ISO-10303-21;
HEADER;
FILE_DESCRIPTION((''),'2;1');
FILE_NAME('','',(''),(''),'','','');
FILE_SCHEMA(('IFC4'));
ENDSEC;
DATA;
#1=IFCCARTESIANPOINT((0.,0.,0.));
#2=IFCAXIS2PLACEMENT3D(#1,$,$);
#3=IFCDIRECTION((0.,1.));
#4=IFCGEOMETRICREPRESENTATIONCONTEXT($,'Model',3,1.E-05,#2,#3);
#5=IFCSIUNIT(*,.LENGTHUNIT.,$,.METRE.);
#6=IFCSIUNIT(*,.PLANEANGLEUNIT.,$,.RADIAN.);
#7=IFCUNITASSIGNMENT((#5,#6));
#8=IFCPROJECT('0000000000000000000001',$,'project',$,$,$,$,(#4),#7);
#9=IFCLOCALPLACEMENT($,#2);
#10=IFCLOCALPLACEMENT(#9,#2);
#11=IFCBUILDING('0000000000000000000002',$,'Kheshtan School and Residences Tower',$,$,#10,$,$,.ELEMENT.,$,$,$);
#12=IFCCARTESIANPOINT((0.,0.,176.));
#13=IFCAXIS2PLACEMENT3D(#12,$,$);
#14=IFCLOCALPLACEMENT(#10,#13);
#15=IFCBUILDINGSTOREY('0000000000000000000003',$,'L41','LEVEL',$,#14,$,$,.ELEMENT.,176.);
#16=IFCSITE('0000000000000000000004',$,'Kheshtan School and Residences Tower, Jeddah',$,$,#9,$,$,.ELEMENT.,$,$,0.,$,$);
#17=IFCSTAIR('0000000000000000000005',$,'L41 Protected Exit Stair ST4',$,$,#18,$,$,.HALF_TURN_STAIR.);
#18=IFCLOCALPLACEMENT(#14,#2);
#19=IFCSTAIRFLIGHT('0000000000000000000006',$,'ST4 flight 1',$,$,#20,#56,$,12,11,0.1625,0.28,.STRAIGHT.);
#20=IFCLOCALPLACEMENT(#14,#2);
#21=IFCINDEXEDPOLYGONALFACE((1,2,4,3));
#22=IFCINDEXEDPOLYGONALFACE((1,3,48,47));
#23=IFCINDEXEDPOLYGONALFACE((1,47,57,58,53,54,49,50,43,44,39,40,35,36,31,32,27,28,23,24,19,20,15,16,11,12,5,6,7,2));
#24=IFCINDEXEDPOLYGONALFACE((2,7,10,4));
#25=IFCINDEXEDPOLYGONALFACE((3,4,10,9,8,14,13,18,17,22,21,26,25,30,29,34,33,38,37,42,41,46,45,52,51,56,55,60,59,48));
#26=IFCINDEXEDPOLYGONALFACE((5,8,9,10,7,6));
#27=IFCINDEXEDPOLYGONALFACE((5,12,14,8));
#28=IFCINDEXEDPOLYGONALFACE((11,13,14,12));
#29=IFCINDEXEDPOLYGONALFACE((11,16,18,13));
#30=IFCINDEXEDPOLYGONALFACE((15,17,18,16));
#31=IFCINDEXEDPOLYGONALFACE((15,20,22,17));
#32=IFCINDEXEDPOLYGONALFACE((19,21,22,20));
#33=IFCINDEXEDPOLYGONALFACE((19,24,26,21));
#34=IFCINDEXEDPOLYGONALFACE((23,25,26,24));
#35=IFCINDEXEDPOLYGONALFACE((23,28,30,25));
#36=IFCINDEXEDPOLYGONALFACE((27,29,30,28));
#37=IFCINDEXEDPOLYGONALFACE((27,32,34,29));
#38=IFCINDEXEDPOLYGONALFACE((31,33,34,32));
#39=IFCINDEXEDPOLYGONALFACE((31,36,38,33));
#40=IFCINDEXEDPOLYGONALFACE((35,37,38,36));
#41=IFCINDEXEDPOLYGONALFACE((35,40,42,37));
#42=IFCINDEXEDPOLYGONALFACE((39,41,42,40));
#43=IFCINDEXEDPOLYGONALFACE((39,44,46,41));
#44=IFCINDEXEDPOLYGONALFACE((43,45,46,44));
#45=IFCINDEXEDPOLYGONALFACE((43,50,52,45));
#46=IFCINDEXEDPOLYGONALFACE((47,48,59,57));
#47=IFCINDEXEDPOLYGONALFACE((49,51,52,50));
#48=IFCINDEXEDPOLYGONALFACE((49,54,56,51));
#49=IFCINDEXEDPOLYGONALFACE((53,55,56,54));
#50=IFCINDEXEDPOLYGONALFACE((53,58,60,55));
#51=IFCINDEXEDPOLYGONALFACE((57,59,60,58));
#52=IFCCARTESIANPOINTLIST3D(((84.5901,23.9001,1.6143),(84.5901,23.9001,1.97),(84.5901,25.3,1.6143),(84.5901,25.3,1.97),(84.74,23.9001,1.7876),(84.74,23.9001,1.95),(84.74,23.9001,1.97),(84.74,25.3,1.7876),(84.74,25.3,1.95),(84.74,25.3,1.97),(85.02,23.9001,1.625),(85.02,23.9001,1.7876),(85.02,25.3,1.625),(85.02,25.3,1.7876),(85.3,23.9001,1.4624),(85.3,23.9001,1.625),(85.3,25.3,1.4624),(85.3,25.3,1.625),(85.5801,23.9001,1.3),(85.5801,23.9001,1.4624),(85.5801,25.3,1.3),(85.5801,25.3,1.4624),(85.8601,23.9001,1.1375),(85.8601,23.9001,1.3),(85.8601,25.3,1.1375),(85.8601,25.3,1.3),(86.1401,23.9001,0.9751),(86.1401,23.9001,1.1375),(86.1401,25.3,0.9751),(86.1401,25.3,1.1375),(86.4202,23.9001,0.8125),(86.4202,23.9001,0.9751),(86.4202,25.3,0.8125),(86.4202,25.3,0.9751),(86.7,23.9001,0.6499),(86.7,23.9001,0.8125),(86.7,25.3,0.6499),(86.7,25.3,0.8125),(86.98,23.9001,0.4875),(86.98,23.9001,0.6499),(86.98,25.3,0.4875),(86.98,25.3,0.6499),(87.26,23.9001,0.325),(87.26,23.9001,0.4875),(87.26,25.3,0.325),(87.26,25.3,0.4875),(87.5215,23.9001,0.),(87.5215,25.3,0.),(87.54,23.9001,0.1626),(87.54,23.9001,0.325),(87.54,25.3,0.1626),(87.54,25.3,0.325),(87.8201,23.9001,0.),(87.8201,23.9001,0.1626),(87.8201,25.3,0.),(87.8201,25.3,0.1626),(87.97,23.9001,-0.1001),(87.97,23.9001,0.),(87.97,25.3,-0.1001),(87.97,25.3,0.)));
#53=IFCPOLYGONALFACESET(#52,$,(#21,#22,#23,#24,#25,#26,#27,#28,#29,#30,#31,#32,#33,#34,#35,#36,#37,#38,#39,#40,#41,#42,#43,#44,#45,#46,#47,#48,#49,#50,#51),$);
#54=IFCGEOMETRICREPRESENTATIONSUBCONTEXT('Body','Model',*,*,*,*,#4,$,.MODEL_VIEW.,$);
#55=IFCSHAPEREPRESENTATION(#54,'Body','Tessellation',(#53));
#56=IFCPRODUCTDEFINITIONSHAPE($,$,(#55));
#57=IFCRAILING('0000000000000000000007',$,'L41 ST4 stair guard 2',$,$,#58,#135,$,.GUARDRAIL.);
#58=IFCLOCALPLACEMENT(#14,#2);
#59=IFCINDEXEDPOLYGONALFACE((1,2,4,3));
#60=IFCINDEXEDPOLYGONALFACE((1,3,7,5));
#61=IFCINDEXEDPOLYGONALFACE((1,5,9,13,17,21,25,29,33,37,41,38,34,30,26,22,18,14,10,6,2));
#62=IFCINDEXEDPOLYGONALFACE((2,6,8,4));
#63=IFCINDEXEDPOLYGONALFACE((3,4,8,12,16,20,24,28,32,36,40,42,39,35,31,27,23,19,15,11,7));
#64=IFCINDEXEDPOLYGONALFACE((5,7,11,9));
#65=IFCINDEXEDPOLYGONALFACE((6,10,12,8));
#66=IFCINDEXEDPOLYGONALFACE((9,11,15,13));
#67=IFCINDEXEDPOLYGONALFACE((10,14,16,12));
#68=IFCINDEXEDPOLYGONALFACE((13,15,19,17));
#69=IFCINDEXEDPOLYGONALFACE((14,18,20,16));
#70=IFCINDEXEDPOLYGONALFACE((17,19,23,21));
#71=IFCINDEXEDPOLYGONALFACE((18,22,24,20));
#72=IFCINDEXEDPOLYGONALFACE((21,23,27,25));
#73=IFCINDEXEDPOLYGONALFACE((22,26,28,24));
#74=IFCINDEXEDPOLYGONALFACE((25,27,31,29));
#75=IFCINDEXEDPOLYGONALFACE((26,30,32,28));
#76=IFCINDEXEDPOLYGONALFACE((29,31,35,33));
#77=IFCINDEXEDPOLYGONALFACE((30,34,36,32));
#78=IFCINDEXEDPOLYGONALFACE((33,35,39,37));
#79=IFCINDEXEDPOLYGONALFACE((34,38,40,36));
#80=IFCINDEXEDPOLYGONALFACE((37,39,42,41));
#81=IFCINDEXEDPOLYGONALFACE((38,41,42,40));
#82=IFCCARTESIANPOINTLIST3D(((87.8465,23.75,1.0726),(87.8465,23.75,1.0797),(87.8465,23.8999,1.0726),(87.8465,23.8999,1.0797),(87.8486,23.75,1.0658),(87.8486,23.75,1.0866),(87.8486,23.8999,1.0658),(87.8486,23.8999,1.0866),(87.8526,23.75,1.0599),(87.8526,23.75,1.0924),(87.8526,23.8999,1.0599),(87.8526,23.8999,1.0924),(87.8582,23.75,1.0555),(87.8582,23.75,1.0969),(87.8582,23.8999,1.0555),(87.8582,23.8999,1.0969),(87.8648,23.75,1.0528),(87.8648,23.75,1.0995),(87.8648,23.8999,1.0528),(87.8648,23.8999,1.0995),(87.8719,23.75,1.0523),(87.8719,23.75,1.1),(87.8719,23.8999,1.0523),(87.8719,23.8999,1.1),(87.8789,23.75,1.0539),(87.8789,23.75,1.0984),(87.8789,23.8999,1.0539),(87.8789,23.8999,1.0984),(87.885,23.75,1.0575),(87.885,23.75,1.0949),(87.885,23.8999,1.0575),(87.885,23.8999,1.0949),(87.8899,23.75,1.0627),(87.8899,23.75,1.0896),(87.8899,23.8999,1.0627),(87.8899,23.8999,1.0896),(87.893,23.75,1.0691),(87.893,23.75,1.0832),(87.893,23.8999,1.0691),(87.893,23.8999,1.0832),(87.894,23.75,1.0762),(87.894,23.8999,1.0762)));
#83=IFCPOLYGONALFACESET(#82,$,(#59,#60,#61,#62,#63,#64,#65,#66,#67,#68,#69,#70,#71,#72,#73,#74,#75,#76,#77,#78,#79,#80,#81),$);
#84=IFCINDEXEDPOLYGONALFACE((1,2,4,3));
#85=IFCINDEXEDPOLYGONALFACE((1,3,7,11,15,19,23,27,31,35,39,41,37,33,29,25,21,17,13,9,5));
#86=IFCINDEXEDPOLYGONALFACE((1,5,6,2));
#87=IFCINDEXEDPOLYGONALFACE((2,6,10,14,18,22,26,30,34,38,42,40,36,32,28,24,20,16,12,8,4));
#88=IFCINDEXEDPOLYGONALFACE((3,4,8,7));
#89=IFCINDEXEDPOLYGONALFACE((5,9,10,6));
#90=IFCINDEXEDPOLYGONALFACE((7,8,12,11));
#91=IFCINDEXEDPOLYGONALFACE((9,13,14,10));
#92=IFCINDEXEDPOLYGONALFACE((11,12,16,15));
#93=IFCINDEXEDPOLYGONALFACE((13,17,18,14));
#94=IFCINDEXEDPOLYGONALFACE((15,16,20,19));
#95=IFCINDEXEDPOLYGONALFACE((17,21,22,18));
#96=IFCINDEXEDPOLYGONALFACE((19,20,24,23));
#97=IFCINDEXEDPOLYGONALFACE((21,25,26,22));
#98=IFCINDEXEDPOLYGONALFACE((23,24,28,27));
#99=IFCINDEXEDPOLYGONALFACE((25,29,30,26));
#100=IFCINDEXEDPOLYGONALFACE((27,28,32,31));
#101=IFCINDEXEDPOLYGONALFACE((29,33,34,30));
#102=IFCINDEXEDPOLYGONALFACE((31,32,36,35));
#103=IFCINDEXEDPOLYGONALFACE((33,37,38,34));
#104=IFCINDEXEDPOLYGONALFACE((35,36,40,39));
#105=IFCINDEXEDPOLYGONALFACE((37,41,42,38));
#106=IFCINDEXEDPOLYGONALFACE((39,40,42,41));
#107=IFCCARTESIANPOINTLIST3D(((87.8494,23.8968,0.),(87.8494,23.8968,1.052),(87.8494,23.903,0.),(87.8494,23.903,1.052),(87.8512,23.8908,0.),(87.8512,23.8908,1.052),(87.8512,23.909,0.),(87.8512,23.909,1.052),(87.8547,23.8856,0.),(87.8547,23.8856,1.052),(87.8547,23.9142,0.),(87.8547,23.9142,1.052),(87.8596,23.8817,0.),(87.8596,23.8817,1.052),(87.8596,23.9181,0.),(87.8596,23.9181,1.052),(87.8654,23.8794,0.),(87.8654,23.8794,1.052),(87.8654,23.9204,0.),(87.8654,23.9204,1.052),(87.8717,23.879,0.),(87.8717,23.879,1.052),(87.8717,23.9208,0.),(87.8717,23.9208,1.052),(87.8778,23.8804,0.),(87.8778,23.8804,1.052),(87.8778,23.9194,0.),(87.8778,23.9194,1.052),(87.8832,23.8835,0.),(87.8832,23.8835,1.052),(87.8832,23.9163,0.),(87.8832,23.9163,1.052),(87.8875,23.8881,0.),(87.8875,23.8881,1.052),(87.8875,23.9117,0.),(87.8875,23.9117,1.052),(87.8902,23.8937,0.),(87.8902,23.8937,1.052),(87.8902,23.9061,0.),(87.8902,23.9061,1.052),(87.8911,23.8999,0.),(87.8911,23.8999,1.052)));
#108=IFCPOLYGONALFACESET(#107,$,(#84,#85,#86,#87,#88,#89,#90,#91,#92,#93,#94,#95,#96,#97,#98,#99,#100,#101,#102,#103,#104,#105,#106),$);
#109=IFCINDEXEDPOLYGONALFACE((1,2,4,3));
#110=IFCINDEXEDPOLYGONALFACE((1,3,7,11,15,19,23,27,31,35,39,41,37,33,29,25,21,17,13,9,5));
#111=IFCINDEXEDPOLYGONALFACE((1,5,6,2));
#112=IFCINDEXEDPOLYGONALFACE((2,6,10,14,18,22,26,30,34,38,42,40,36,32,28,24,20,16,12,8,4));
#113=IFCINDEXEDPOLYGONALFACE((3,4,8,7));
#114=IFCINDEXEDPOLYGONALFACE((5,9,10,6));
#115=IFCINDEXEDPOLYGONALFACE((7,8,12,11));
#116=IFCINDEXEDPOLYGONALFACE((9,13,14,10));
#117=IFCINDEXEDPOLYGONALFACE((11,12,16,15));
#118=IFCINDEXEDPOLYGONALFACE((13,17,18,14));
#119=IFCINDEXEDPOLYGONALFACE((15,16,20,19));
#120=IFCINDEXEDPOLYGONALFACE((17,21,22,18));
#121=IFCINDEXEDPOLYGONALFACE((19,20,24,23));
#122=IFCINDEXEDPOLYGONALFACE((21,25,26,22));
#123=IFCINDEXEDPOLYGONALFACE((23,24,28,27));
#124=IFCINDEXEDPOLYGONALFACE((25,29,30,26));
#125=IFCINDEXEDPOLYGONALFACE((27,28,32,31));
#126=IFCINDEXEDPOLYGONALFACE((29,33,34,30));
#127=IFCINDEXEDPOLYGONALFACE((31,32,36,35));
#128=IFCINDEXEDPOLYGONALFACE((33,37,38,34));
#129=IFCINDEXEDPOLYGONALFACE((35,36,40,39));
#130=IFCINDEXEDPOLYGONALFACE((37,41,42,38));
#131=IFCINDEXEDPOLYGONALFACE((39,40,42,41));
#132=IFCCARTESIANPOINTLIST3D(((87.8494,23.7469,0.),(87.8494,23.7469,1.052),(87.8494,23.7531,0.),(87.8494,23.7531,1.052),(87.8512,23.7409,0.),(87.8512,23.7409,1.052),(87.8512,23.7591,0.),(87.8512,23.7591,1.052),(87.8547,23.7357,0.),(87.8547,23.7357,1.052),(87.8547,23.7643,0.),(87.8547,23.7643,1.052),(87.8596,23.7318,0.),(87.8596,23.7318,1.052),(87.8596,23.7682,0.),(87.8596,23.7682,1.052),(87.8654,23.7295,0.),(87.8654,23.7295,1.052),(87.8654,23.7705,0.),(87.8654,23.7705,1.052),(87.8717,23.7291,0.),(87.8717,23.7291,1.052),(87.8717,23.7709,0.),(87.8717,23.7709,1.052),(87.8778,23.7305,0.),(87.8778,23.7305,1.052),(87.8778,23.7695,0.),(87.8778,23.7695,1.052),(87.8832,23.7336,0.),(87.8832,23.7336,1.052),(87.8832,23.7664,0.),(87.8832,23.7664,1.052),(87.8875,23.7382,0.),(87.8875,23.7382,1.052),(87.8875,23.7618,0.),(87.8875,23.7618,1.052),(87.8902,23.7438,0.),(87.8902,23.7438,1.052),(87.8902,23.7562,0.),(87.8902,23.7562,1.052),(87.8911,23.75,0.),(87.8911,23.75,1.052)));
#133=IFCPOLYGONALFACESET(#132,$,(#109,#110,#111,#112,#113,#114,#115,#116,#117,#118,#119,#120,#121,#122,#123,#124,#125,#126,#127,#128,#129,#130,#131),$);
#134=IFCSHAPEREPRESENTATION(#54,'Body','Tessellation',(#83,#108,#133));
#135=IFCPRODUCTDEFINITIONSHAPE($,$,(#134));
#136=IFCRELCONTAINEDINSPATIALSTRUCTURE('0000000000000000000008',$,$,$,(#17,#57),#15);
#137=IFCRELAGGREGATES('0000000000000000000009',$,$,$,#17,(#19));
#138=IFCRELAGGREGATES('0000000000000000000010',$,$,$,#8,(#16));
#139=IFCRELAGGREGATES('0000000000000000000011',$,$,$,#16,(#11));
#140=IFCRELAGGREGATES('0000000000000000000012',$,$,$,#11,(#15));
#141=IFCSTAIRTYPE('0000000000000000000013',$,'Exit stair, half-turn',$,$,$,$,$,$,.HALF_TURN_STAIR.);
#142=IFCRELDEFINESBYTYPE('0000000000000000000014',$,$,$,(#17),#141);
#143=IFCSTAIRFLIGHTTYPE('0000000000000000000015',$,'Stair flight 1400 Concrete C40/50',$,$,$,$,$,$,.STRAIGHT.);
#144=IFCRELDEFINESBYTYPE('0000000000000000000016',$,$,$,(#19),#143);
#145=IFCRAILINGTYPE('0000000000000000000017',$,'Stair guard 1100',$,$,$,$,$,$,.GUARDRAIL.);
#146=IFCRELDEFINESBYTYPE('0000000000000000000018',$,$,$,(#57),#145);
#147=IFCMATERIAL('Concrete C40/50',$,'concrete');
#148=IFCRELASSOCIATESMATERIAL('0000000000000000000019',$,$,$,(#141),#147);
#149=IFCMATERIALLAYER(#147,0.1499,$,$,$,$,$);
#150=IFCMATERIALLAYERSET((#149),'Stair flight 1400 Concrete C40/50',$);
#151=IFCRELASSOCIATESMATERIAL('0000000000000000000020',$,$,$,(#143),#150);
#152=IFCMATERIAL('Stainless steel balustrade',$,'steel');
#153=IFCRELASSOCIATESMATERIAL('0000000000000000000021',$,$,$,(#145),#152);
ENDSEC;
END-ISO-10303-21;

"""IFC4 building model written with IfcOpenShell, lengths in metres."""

from ifc_helpers import new_model, si_unit, direction, frame, origin, origin_2d, place, context, subcontext, project, spatial, polyline, circle, outline, extrude, material, layer, layer_set, type_object, element, aggregate, save


model = new_model("IFC4")

# Units and contexts
model_context = context("Model", 3, precision=1e-05, world=origin(), true_north=direction((0.0, 1.0)))
body_context = subcontext(model_context, "Body", "Model", "MODEL_VIEW")
ifc_project = project(units=[si_unit("LENGTHUNIT", "METRE"), si_unit("PLANEANGLEUNIT", "RADIAN")], contexts=[model_context])

# Site, building, storey
site_placement = place(None, origin())
site = spatial("IfcSite", under=ifc_project, at=site_placement, Name="Kheshtan School and Residences Tower, Jeddah", CompositionType="ELEMENT", RefElevation=0.0)
building_placement = place(site_placement, origin())
building = spatial("IfcBuilding", under=site, at=building_placement, Name="Kheshtan School and Residences Tower", CompositionType="ELEMENT")
storey_placement = place(building_placement, frame((0.0, 0.0, 176.0)))
storey = spatial("IfcBuildingStorey", under=building, at=storey_placement, Name="L41", Description="LEVEL", CompositionType="ELEMENT", Elevation=176.0)

# Shared definitions
ifc_material_1 = material(Name="Concrete C40/50", Category="concrete")

# Stair, stair flight
stair_type = type_object("IfcStairType", Name="Exit stair, half-turn", PredefinedType="HALF_TURN_STAIR", material=ifc_material_1)
stair_placement = place(storey_placement, origin())
stair = element("IfcStair", 1, at=stair_placement, inside=storey, type_object=stair_type, Name="L41 Protected Exit Stair ST4", PredefinedType="HALF_TURN_STAIR")
ifc_layer_1 = layer(ifc_material_1, 0.1499)
ifc_layer_set_1 = layer_set([ifc_layer_1], Name="Stair flight 1400 Concrete C40/50")
stair_flight_type = type_object("IfcStairFlightType", Name="Stair flight 1400 Concrete C40/50", PredefinedType="STRAIGHT", material=ifc_layer_set_1)
stair_flight_placement = place(storey_placement, frame((87.8201, 24.6001, 0.0), z_axis=(0.0, 0.0, 1.0), x_axis=(-1.0, 0.0, 0.0)))
stair_flight = element("IfcStairFlight", 2, at=stair_flight_placement, type_object=stair_flight_type, Name="ST4 flight 1", NumberOfRisers=12, NumberOfTreads=11, PredefinedType="STRAIGHT", RiserHeight=0.1625, TreadLength=0.28, context=body_context, shape_type="SweptSolid", body=[
    extrude(outline(polyline([(-0.1499, -0.1001), (-0.1499, 0.0), (0.0, 0.0), (0.0, 0.1626), (0.28, 0.1626), (0.28, 0.325), (0.5601, 0.325), (0.5601, 0.4875), (0.8401, 0.4875), (0.8401, 0.6499), (1.1201, 0.6499), (1.1201, 0.8125), (1.3999, 0.8125), (1.3999, 0.9751), (1.6799, 0.9751), (1.6799, 1.1375), (1.96, 1.1375), (1.96, 1.3), (2.24, 1.3), (2.24, 1.4624), (2.52, 1.4624), (2.52, 1.625), (2.8, 1.625), (2.8, 1.7876), (3.0801, 1.7876), (3.0801, 1.95), (3.0801, 1.97), (3.23, 1.97), (3.23, 1.6143), (0.2986, 0.0), (-0.1499, -0.1001)])), frame((0.0, 0.7, 0.0), z_axis=(0.0, -1.0, 0.0), x_axis=(1.0, 0.0, 0.0)), (0.0, 0.0, 1.0), 1.3999),
])
aggregate(stair, [stair_flight])

# Railing
ifc_material_2 = material(Name="Stainless steel balustrade", Category="steel")
railing_type_1 = type_object("IfcRailingType", Name="Stair guard 1100", PredefinedType="GUARDRAIL", material=ifc_material_2)
railing_1_placement = place(storey_placement, frame((87.8701, 23.8999, 0.0)))
element("IfcRailing", 3, at=railing_1_placement, inside=storey, type_object=railing_type_1, Name="L41 ST4 stair guard 2", PredefinedType="GUARDRAIL", context=body_context, shape_type="SweptSolid", body=[
    extrude(circle(Radius=0.0239, at=origin_2d()), frame((0.0, 0.0, 1.0762), z_axis=(0.0, -1.0, 0.0), x_axis=(1.0, 0.0, 0.0)), (0.0, 0.0, 1.0), 0.1499),
    extrude(circle(Radius=0.021, at=origin_2d()), origin(), (0.0, 0.0, 1.0), 1.052),
    extrude(circle(Radius=0.021, at=origin_2d()), frame((0.0, -0.1499, 0.0)), (0.0, 0.0, 1.0), 1.052),
])

save(model, "model.ifc")
